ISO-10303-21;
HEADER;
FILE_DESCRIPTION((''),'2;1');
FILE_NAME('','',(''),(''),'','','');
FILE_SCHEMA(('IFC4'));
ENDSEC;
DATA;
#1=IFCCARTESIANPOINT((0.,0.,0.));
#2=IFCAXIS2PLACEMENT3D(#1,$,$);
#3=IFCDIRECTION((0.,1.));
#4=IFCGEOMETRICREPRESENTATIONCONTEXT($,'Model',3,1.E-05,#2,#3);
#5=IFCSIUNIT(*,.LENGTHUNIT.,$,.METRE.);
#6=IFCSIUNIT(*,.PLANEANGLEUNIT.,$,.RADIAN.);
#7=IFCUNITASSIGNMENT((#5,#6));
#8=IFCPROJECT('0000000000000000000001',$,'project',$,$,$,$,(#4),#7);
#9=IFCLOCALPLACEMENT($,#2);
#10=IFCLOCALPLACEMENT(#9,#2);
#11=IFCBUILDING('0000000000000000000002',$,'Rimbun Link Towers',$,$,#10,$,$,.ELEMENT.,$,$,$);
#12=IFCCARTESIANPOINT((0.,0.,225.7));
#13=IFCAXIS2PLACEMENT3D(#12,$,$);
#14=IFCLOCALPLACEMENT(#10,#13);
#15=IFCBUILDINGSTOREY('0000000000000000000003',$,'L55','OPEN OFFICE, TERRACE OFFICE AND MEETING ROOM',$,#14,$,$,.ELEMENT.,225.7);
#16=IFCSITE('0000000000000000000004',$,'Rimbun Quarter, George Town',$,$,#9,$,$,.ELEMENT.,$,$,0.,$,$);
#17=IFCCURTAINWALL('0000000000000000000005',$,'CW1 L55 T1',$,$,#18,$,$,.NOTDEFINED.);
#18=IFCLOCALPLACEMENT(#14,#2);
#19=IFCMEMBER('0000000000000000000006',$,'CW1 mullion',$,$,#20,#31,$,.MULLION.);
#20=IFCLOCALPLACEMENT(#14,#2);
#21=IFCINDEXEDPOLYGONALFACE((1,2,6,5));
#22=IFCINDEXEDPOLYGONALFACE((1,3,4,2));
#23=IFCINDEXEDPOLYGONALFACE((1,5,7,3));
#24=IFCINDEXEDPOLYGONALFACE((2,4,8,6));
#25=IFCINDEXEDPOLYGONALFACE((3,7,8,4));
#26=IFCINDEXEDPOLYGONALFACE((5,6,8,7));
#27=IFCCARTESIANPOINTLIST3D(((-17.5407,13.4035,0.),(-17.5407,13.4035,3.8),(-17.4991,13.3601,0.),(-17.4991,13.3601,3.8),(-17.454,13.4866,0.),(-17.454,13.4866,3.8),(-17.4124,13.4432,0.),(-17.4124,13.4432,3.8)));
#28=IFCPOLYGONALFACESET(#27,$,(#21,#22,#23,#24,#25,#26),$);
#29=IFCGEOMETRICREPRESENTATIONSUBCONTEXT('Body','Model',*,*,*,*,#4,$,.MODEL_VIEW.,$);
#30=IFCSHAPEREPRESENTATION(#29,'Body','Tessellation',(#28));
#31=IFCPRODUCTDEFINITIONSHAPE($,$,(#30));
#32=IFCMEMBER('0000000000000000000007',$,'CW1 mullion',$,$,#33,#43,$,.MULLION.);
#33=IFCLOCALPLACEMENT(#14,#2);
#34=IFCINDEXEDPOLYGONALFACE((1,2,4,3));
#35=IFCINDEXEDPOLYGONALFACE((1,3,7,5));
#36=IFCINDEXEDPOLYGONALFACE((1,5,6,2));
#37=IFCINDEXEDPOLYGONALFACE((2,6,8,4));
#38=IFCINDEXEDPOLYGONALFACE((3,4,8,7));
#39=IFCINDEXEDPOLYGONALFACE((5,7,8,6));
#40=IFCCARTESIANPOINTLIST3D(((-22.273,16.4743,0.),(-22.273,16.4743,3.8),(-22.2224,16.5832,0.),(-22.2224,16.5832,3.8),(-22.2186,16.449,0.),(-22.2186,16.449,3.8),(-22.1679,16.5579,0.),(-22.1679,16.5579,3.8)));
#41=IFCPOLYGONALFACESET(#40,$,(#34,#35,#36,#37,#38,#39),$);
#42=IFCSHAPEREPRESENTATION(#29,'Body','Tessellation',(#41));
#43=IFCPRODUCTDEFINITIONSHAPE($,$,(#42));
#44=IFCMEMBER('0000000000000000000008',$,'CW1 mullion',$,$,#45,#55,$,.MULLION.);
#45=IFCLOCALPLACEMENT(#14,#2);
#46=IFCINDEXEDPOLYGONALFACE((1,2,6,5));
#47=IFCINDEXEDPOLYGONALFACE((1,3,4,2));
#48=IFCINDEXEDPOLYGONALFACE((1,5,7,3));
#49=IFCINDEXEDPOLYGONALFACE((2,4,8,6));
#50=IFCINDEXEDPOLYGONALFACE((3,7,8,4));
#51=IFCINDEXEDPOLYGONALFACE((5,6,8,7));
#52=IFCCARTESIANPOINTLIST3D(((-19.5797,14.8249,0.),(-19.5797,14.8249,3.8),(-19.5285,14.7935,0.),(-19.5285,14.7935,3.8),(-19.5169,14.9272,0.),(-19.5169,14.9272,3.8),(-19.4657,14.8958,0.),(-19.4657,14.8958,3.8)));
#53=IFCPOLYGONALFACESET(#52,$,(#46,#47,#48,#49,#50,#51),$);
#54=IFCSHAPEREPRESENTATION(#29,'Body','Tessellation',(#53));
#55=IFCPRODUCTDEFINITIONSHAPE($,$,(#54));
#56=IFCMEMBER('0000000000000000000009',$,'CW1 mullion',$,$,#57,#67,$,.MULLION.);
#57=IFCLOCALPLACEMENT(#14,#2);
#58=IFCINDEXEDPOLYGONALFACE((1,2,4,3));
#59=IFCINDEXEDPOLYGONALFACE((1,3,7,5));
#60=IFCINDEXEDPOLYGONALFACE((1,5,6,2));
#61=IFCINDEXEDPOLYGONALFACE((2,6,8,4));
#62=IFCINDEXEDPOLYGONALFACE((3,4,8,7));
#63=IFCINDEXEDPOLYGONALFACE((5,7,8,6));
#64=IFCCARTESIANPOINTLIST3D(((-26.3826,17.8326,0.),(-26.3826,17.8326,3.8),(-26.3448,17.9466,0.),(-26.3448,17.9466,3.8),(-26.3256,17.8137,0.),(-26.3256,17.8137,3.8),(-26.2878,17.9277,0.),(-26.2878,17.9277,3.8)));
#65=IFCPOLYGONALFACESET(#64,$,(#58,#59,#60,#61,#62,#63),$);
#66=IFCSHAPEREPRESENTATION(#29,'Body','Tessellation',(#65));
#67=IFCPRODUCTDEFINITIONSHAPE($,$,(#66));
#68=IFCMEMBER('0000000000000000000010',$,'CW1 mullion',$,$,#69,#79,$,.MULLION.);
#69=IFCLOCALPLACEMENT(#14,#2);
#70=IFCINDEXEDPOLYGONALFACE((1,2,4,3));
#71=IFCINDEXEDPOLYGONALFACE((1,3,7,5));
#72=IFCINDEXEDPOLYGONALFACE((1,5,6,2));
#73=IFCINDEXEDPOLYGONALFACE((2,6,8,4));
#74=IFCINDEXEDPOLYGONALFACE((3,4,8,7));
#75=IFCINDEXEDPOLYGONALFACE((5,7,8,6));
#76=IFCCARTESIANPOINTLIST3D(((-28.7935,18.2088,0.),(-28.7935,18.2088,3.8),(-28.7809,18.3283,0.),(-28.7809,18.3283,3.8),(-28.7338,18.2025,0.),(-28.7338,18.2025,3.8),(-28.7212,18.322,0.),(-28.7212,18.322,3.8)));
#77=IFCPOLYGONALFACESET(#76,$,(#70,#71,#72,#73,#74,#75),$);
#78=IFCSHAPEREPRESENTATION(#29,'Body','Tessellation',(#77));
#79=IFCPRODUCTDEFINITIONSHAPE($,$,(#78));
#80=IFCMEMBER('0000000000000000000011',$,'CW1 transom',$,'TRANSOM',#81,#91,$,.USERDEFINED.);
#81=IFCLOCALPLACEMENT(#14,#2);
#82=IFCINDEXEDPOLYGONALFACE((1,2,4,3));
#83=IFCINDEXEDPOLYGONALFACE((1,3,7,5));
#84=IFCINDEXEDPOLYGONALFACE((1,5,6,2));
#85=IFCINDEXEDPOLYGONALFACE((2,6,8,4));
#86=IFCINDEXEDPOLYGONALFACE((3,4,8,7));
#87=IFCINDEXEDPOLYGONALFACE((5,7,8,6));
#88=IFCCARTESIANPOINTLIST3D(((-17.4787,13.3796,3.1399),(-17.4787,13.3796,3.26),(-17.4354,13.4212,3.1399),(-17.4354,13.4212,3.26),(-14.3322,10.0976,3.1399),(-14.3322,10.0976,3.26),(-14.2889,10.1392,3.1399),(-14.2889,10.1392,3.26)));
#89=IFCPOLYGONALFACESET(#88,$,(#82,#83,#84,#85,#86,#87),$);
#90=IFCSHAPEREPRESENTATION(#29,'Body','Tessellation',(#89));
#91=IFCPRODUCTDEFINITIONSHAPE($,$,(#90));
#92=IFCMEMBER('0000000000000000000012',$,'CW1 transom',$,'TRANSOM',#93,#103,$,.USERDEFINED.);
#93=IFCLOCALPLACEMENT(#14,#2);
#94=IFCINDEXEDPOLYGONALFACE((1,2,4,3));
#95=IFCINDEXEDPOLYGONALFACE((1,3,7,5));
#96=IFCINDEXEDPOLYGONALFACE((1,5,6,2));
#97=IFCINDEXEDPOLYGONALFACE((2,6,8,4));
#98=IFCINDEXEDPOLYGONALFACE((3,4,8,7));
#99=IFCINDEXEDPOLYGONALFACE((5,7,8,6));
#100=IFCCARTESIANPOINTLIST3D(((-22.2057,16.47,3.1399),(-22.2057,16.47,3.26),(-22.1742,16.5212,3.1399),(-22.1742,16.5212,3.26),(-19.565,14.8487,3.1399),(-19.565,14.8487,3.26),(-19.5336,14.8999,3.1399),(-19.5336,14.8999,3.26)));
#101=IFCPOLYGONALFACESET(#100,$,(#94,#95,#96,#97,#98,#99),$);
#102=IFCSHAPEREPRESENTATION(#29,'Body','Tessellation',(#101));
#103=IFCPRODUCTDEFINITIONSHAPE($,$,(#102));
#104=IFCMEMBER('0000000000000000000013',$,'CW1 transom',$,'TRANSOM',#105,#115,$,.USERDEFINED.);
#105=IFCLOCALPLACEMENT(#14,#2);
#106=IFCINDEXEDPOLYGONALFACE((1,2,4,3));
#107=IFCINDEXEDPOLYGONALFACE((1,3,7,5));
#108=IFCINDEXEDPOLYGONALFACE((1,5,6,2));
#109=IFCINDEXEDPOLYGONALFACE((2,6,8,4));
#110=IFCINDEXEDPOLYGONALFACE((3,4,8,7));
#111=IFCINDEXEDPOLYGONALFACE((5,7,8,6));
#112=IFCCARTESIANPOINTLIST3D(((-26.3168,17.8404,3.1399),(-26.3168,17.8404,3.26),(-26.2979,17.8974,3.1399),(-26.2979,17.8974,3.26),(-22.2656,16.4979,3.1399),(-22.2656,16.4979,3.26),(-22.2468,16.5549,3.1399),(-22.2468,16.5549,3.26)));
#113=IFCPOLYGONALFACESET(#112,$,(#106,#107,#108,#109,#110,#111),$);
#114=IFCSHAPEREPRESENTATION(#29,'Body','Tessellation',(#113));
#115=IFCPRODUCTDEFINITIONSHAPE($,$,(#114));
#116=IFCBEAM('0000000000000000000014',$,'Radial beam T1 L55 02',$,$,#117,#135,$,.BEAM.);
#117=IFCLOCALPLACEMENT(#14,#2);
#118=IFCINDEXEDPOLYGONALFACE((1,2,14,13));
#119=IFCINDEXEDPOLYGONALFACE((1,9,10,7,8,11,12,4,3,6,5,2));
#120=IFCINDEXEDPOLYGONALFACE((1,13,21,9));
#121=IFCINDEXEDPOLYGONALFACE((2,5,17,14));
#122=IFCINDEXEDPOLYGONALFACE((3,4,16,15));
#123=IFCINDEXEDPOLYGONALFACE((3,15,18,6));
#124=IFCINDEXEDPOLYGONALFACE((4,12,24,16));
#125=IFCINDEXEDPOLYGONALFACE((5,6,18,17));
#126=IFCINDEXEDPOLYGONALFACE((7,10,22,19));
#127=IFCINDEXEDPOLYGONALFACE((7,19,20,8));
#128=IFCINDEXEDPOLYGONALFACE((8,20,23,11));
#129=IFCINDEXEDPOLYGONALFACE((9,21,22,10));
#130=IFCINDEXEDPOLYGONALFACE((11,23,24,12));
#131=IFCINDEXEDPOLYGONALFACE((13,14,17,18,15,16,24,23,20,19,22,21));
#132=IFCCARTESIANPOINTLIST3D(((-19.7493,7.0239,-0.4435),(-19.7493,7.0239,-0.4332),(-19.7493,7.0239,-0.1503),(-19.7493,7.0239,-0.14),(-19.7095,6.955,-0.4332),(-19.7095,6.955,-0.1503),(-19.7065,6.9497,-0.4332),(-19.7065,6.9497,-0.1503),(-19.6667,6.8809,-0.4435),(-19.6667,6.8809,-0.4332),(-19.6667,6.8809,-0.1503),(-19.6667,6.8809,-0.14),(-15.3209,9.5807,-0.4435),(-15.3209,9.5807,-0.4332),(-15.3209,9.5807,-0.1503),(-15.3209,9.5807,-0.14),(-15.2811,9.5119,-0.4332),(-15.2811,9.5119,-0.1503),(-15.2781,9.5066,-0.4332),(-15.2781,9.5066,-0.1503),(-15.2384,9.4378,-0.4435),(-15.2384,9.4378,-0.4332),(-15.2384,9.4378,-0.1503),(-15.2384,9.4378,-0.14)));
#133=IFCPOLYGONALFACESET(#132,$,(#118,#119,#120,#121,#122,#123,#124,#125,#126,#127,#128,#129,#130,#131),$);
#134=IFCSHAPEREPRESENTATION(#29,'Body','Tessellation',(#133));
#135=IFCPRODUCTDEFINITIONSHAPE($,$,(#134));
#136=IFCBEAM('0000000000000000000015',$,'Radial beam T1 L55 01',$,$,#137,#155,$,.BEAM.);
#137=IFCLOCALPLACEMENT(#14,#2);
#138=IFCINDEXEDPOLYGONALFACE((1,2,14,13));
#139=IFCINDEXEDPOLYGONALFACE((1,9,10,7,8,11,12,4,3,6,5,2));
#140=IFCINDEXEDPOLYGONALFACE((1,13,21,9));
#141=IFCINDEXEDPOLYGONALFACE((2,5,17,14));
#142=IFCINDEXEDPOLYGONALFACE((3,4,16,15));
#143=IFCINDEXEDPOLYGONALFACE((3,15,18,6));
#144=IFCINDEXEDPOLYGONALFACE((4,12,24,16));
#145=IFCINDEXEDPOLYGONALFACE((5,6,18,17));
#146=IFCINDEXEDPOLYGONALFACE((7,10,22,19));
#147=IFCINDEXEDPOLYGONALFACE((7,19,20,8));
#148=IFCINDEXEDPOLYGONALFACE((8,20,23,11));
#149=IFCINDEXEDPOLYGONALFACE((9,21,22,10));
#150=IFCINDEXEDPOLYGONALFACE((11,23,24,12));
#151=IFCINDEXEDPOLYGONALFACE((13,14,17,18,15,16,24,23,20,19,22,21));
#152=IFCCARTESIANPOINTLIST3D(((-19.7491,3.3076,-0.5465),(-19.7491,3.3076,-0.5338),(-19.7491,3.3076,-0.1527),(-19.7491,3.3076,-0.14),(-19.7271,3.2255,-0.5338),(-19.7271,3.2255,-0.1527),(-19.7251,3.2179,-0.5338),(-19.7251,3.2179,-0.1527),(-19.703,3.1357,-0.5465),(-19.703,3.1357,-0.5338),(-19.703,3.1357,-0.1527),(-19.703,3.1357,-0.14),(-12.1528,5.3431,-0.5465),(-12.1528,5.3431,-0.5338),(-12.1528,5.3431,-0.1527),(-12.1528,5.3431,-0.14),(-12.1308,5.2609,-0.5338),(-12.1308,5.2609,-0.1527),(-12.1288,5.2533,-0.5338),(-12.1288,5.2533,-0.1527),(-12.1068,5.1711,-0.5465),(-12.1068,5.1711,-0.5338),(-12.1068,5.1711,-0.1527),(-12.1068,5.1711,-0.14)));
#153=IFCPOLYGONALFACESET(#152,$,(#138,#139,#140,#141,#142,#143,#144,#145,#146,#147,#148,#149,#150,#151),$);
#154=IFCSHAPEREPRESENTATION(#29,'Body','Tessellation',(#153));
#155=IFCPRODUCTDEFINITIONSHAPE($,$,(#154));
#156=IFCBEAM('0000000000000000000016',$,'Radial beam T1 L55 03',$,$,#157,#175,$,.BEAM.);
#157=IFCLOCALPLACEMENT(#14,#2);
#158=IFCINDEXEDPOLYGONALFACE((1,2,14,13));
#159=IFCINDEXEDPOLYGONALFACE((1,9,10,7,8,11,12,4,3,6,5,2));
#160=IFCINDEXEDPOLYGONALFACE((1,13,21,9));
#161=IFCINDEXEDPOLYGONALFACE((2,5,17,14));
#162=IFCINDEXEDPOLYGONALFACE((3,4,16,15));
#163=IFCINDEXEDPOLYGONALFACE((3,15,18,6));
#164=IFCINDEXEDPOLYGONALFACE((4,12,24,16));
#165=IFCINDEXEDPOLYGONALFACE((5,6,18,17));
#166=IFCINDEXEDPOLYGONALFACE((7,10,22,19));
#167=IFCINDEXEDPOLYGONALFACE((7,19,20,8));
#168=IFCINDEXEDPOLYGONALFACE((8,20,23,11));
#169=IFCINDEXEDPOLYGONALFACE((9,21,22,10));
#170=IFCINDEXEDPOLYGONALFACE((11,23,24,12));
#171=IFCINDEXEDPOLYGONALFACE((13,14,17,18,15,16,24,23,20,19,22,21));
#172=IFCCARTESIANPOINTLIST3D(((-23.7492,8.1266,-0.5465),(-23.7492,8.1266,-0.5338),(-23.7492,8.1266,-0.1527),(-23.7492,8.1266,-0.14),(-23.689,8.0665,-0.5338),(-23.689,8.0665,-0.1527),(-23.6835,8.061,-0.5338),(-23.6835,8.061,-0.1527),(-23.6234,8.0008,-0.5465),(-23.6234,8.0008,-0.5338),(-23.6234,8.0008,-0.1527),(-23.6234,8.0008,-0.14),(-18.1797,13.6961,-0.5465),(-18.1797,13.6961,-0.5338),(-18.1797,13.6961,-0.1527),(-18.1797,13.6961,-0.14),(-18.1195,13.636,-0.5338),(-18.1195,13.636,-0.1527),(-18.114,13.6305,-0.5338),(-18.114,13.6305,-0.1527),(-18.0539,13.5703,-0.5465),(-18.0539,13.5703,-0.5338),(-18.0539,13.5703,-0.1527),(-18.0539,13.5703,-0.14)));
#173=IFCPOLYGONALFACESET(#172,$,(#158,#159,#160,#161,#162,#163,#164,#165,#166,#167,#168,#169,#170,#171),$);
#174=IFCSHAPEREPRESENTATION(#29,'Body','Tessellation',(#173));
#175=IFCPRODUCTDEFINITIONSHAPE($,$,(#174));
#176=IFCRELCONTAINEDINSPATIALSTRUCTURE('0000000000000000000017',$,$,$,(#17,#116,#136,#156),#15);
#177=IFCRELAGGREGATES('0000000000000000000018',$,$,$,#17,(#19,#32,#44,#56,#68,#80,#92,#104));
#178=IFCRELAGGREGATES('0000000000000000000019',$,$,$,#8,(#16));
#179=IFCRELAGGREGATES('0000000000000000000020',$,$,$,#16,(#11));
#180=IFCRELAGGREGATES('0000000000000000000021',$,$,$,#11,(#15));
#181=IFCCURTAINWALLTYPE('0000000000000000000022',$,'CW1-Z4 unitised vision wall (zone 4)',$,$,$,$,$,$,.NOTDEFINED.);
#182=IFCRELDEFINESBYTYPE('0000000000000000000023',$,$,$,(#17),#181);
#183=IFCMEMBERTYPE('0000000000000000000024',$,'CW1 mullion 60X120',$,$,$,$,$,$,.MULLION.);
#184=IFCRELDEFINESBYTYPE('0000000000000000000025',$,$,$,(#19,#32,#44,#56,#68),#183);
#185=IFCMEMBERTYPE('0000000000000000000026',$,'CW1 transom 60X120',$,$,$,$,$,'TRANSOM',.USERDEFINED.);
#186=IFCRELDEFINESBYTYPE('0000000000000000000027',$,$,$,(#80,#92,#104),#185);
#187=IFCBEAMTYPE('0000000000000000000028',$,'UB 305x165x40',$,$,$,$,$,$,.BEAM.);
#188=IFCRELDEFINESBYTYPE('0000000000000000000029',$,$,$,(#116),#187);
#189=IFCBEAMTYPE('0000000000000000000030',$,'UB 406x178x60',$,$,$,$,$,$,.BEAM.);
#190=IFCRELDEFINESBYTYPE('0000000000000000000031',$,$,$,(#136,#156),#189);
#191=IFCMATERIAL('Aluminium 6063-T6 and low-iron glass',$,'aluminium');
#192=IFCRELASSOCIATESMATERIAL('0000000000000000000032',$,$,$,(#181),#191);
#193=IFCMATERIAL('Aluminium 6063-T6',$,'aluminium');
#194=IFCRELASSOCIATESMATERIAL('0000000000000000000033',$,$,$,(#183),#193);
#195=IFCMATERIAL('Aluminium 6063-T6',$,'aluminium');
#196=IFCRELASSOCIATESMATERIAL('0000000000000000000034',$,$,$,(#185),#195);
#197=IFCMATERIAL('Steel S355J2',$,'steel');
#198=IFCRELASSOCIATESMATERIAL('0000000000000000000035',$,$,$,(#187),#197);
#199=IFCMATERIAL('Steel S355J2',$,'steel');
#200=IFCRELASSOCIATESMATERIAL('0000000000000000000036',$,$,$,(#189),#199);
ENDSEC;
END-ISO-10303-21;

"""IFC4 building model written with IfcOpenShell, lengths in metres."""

from ifc_helpers import new_model, si_unit, direction, frame, origin, origin_2d, place, context, subcontext, project, spatial, rectangle, i_section, extrude, material, material_profile, profile_set, type_object, element, aggregate, save


model = new_model("IFC4")

# Units and contexts
model_context = context("Model", 3, precision=1e-05, world=origin(), true_north=direction((0.0, 1.0)))
body_context = subcontext(model_context, "Body", "Model", "MODEL_VIEW")
ifc_project = project(units=[si_unit("LENGTHUNIT", "METRE"), si_unit("PLANEANGLEUNIT", "RADIAN")], contexts=[model_context])

# Site, building, storey
site_placement = place(None, origin())
site = spatial("IfcSite", under=ifc_project, at=site_placement, Name="Rimbun Quarter, George Town", CompositionType="ELEMENT", RefElevation=0.0)
building_placement = place(site_placement, origin())
building = spatial("IfcBuilding", under=site, at=building_placement, Name="Rimbun Link Towers", CompositionType="ELEMENT")
storey_placement = place(building_placement, frame((0.0, 0.0, 225.7)))
storey = spatial("IfcBuildingStorey", under=building, at=storey_placement, Name="L55", Description="OPEN OFFICE, TERRACE OFFICE AND MEETING ROOM", CompositionType="ELEMENT", Elevation=225.7)

# Curtain wall, members
ifc_material_1 = material(Name="Aluminium 6063-T6 and low-iron glass", Category="aluminium")
curtain_wall_type = type_object("IfcCurtainWallType", Name="CW1-Z4 unitised vision wall (zone 4)", PredefinedType="NOTDEFINED", material=ifc_material_1)
curtain_wall_placement = place(storey_placement, origin())
curtain_wall = element("IfcCurtainWall", 1, at=curtain_wall_placement, inside=storey, type_object=curtain_wall_type, Name="CW1 L55 T1", PredefinedType="NOTDEFINED")
ifc_material_2 = material(Name="Aluminium 6063-T6", Category="aluminium")
ifc_material_profile_1 = material_profile(ifc_material_2, rectangle(XDim=0.1201, YDim=0.0601, at=origin_2d()), Name="MULLION 60X120")
ifc_profile_set_1 = profile_set([ifc_material_profile_1], Name="Aluminium 6063-T6")
member_type_1 = type_object("IfcMemberType", Name="CW1 mullion 60X120", PredefinedType="MULLION", material=ifc_profile_set_1)
member_1_placement = place(storey_placement, frame((-17.4766, 13.4233, 0.0), z_axis=(0.0, 0.0, 1.0), x_axis=(0.721853, 0.692046, 0.0)))
member_1 = element("IfcMember", 2, at=member_1_placement, type_object=member_type_1, Name="CW1 mullion", PredefinedType="MULLION", context=body_context, shape_type="SweptSolid", body=[
    extrude(rectangle(XDim=0.1201, YDim=0.0601, at=origin_2d()), origin(), (0.0, 0.0, 1.0), 3.8),
])
member_2_placement = place(storey_placement, frame((-22.2205, 16.5161, 0.0), z_axis=(0.0, 0.0, 1.0), x_axis=(0.421702, 0.906734, 0.0)))
member_2 = element("IfcMember", 3, at=member_2_placement, type_object=member_type_1, Name="CW1 mullion", PredefinedType="MULLION", context=body_context, shape_type="SweptSolid", body=[
    extrude(rectangle(XDim=0.1201, YDim=0.0601, at=origin_2d()), origin(), (0.0, 0.0, 1.0), 3.8),
])
member_3_placement = place(storey_placement, frame((-19.5227, 14.8604, 0.0), z_axis=(0.0, 0.0, 1.0), x_axis=(0.523237, 0.852187, 0.0)))
member_3 = element("IfcMember", 4, at=member_3_placement, type_object=member_type_1, Name="CW1 mullion", PredefinedType="MULLION", context=body_context, shape_type="SweptSolid", body=[
    extrude(rectangle(XDim=0.1201, YDim=0.0601, at=origin_2d()), origin(), (0.0, 0.0, 1.0), 3.8),
])
member_4_placement = place(storey_placement, frame((-26.3352, 17.8801, 0.0), z_axis=(0.0, 0.0, 1.0), x_axis=(0.314565, 0.949236, 0.0)))
member_4 = element("IfcMember", 5, at=member_4_placement, type_object=member_type_1, Name="CW1 mullion", PredefinedType="MULLION", context=body_context, shape_type="SweptSolid", body=[
    extrude(rectangle(XDim=0.1201, YDim=0.0601, at=origin_2d()), origin(), (0.0, 0.0, 1.0), 3.8),
])
member_5_placement = place(storey_placement, frame((-28.7573, 18.2654, 0.0), z_axis=(0.0, 0.0, 1.0), x_axis=(0.104739, 0.9945, 0.0)))
member_5 = element("IfcMember", 6, at=member_5_placement, type_object=member_type_1, Name="CW1 mullion", PredefinedType="MULLION", context=body_context, shape_type="SweptSolid", body=[
    extrude(rectangle(XDim=0.1201, YDim=0.0601, at=origin_2d()), origin(), (0.0, 0.0, 1.0), 3.8),
])
ifc_material_3 = material(Name="Aluminium 6063-T6", Category="aluminium")
ifc_material_profile_2 = material_profile(ifc_material_3, rectangle(XDim=0.0601, YDim=0.1201, at=origin_2d()), Name="TRANSOM 60X120")
ifc_profile_set_2 = profile_set([ifc_material_profile_2], Name="Aluminium 6063-T6")
member_type_2 = type_object("IfcMemberType", Name="CW1 transom 60X120", ElementType="TRANSOM", PredefinedType="USERDEFINED", material=ifc_profile_set_2)
member_6_placement = place(storey_placement, frame((-17.457, 13.4004, 3.2), z_axis=(0.692049, -0.721851, 0.0), x_axis=(0.721851, 0.692049, 0.0)))
member_6 = element("IfcMember", 7, at=member_6_placement, type_object=member_type_2, Name="CW1 transom", ObjectType="TRANSOM", PredefinedType="USERDEFINED", context=body_context, shape_type="SweptSolid", body=[
    extrude(rectangle(XDim=0.0601, YDim=0.1201, at=origin_2d()), origin(), (0.0, 0.0, 1.0), 4.5466),
])
member_7_placement = place(storey_placement, frame((-22.1899, 16.4956, 3.2), z_axis=(0.852185, -0.52324, 0.0), x_axis=(0.52324, 0.852185, 0.0)))
member_7 = element("IfcMember", 8, at=member_7_placement, type_object=member_type_2, Name="CW1 transom", ObjectType="TRANSOM", PredefinedType="USERDEFINED", context=body_context, shape_type="SweptSolid", body=[
    extrude(rectangle(XDim=0.0601, YDim=0.1201, at=origin_2d()), origin(), (0.0, 0.0, 1.0), 3.0986),
])
member_8_placement = place(storey_placement, frame((-26.3074, 17.8689, 3.2), z_axis=(0.949237, -0.314563, 0.0), x_axis=(0.314563, 0.949237, 0.0)))
member_8 = element("IfcMember", 9, at=member_8_placement, type_object=member_type_2, Name="CW1 transom", ObjectType="TRANSOM", PredefinedType="USERDEFINED", context=body_context, shape_type="SweptSolid", body=[
    extrude(rectangle(XDim=0.0601, YDim=0.1201, at=origin_2d()), origin(), (0.0, 0.0, 1.0), 4.2678),
])

# Beams
ifc_material_4 = material(Name="Steel S355J2", Category="steel")
ifc_material_profile_3 = material_profile(ifc_material_4, i_section(OverallWidth=0.165, OverallDepth=0.3035, WebThickness=0.0061, FlangeThickness=0.0103, at=origin_2d()), Name="UB 305x165x40")
ifc_profile_set_3 = profile_set([ifc_material_profile_3], Name="Steel S355J2")
beam_type_1 = type_object("IfcBeamType", Name="UB 305x165x40", PredefinedType="BEAM", material=ifc_profile_set_3)
beam_1_placement = place(storey_placement, frame((-19.708, 6.9524, -0.2917), z_axis=(0.866016, 0.500016, 0.0), x_axis=(-0.500016, 0.866016, 0.0)))
element("IfcBeam", 10, at=beam_1_placement, inside=storey, type_object=beam_type_1, Name="Radial beam T1 L55 02", PredefinedType="BEAM", context=body_context, shape_type="SweptSolid", body=[
    extrude(i_section(OverallWidth=0.165, OverallDepth=0.3035, WebThickness=0.0061, FlangeThickness=0.0103, at=origin_2d()), origin(), (0.0, 0.0, 1.0), 5.1135),
])
ifc_material_5 = material(Name="Steel S355J2", Category="steel")
ifc_material_profile_4 = material_profile(ifc_material_5, i_section(OverallWidth=0.178, OverallDepth=0.4065, WebThickness=0.0078, FlangeThickness=0.0127, at=origin_2d()), Name="UB 406x178x60")
ifc_profile_set_4 = profile_set([ifc_material_profile_4], Name="Steel S355J2")
beam_type_2 = type_object("IfcBeamType", Name="UB 406x178x60", PredefinedType="BEAM", material=ifc_profile_set_4)
beam_2_placement = place(storey_placement, frame((-19.7261, 3.2217, -0.3433), z_axis=(0.965926, 0.25882, 0.0), x_axis=(-0.25882, 0.965926, 0.0)))
element("IfcBeam", 11, at=beam_2_placement, inside=storey, type_object=beam_type_2, Name="Radial beam T1 L55 01", PredefinedType="BEAM", context=body_context, shape_type="SweptSolid", body=[
    extrude(i_section(OverallWidth=0.178, OverallDepth=0.4065, WebThickness=0.0078, FlangeThickness=0.0127, at=origin_2d()), origin(), (0.0, 0.0, 1.0), 7.8643),
])
beam_3_placement = place(storey_placement, frame((-23.6863, 8.0637, -0.3433), z_axis=(0.707107, 0.707107, 0.0), x_axis=(-0.707107, 0.707107, 0.0)))
element("IfcBeam", 12, at=beam_3_placement, inside=storey, type_object=beam_type_2, Name="Radial beam T1 L55 03", PredefinedType="BEAM", context=body_context, shape_type="SweptSolid", body=[
    extrude(i_section(OverallWidth=0.178, OverallDepth=0.4065, WebThickness=0.0078, FlangeThickness=0.0127, at=origin_2d()), origin(), (0.0, 0.0, 1.0), 7.8765),
])

aggregate(curtain_wall, [member_1, member_2, member_3, member_4, member_5, member_6, member_7, member_8])

save(model, "model.ifc")
